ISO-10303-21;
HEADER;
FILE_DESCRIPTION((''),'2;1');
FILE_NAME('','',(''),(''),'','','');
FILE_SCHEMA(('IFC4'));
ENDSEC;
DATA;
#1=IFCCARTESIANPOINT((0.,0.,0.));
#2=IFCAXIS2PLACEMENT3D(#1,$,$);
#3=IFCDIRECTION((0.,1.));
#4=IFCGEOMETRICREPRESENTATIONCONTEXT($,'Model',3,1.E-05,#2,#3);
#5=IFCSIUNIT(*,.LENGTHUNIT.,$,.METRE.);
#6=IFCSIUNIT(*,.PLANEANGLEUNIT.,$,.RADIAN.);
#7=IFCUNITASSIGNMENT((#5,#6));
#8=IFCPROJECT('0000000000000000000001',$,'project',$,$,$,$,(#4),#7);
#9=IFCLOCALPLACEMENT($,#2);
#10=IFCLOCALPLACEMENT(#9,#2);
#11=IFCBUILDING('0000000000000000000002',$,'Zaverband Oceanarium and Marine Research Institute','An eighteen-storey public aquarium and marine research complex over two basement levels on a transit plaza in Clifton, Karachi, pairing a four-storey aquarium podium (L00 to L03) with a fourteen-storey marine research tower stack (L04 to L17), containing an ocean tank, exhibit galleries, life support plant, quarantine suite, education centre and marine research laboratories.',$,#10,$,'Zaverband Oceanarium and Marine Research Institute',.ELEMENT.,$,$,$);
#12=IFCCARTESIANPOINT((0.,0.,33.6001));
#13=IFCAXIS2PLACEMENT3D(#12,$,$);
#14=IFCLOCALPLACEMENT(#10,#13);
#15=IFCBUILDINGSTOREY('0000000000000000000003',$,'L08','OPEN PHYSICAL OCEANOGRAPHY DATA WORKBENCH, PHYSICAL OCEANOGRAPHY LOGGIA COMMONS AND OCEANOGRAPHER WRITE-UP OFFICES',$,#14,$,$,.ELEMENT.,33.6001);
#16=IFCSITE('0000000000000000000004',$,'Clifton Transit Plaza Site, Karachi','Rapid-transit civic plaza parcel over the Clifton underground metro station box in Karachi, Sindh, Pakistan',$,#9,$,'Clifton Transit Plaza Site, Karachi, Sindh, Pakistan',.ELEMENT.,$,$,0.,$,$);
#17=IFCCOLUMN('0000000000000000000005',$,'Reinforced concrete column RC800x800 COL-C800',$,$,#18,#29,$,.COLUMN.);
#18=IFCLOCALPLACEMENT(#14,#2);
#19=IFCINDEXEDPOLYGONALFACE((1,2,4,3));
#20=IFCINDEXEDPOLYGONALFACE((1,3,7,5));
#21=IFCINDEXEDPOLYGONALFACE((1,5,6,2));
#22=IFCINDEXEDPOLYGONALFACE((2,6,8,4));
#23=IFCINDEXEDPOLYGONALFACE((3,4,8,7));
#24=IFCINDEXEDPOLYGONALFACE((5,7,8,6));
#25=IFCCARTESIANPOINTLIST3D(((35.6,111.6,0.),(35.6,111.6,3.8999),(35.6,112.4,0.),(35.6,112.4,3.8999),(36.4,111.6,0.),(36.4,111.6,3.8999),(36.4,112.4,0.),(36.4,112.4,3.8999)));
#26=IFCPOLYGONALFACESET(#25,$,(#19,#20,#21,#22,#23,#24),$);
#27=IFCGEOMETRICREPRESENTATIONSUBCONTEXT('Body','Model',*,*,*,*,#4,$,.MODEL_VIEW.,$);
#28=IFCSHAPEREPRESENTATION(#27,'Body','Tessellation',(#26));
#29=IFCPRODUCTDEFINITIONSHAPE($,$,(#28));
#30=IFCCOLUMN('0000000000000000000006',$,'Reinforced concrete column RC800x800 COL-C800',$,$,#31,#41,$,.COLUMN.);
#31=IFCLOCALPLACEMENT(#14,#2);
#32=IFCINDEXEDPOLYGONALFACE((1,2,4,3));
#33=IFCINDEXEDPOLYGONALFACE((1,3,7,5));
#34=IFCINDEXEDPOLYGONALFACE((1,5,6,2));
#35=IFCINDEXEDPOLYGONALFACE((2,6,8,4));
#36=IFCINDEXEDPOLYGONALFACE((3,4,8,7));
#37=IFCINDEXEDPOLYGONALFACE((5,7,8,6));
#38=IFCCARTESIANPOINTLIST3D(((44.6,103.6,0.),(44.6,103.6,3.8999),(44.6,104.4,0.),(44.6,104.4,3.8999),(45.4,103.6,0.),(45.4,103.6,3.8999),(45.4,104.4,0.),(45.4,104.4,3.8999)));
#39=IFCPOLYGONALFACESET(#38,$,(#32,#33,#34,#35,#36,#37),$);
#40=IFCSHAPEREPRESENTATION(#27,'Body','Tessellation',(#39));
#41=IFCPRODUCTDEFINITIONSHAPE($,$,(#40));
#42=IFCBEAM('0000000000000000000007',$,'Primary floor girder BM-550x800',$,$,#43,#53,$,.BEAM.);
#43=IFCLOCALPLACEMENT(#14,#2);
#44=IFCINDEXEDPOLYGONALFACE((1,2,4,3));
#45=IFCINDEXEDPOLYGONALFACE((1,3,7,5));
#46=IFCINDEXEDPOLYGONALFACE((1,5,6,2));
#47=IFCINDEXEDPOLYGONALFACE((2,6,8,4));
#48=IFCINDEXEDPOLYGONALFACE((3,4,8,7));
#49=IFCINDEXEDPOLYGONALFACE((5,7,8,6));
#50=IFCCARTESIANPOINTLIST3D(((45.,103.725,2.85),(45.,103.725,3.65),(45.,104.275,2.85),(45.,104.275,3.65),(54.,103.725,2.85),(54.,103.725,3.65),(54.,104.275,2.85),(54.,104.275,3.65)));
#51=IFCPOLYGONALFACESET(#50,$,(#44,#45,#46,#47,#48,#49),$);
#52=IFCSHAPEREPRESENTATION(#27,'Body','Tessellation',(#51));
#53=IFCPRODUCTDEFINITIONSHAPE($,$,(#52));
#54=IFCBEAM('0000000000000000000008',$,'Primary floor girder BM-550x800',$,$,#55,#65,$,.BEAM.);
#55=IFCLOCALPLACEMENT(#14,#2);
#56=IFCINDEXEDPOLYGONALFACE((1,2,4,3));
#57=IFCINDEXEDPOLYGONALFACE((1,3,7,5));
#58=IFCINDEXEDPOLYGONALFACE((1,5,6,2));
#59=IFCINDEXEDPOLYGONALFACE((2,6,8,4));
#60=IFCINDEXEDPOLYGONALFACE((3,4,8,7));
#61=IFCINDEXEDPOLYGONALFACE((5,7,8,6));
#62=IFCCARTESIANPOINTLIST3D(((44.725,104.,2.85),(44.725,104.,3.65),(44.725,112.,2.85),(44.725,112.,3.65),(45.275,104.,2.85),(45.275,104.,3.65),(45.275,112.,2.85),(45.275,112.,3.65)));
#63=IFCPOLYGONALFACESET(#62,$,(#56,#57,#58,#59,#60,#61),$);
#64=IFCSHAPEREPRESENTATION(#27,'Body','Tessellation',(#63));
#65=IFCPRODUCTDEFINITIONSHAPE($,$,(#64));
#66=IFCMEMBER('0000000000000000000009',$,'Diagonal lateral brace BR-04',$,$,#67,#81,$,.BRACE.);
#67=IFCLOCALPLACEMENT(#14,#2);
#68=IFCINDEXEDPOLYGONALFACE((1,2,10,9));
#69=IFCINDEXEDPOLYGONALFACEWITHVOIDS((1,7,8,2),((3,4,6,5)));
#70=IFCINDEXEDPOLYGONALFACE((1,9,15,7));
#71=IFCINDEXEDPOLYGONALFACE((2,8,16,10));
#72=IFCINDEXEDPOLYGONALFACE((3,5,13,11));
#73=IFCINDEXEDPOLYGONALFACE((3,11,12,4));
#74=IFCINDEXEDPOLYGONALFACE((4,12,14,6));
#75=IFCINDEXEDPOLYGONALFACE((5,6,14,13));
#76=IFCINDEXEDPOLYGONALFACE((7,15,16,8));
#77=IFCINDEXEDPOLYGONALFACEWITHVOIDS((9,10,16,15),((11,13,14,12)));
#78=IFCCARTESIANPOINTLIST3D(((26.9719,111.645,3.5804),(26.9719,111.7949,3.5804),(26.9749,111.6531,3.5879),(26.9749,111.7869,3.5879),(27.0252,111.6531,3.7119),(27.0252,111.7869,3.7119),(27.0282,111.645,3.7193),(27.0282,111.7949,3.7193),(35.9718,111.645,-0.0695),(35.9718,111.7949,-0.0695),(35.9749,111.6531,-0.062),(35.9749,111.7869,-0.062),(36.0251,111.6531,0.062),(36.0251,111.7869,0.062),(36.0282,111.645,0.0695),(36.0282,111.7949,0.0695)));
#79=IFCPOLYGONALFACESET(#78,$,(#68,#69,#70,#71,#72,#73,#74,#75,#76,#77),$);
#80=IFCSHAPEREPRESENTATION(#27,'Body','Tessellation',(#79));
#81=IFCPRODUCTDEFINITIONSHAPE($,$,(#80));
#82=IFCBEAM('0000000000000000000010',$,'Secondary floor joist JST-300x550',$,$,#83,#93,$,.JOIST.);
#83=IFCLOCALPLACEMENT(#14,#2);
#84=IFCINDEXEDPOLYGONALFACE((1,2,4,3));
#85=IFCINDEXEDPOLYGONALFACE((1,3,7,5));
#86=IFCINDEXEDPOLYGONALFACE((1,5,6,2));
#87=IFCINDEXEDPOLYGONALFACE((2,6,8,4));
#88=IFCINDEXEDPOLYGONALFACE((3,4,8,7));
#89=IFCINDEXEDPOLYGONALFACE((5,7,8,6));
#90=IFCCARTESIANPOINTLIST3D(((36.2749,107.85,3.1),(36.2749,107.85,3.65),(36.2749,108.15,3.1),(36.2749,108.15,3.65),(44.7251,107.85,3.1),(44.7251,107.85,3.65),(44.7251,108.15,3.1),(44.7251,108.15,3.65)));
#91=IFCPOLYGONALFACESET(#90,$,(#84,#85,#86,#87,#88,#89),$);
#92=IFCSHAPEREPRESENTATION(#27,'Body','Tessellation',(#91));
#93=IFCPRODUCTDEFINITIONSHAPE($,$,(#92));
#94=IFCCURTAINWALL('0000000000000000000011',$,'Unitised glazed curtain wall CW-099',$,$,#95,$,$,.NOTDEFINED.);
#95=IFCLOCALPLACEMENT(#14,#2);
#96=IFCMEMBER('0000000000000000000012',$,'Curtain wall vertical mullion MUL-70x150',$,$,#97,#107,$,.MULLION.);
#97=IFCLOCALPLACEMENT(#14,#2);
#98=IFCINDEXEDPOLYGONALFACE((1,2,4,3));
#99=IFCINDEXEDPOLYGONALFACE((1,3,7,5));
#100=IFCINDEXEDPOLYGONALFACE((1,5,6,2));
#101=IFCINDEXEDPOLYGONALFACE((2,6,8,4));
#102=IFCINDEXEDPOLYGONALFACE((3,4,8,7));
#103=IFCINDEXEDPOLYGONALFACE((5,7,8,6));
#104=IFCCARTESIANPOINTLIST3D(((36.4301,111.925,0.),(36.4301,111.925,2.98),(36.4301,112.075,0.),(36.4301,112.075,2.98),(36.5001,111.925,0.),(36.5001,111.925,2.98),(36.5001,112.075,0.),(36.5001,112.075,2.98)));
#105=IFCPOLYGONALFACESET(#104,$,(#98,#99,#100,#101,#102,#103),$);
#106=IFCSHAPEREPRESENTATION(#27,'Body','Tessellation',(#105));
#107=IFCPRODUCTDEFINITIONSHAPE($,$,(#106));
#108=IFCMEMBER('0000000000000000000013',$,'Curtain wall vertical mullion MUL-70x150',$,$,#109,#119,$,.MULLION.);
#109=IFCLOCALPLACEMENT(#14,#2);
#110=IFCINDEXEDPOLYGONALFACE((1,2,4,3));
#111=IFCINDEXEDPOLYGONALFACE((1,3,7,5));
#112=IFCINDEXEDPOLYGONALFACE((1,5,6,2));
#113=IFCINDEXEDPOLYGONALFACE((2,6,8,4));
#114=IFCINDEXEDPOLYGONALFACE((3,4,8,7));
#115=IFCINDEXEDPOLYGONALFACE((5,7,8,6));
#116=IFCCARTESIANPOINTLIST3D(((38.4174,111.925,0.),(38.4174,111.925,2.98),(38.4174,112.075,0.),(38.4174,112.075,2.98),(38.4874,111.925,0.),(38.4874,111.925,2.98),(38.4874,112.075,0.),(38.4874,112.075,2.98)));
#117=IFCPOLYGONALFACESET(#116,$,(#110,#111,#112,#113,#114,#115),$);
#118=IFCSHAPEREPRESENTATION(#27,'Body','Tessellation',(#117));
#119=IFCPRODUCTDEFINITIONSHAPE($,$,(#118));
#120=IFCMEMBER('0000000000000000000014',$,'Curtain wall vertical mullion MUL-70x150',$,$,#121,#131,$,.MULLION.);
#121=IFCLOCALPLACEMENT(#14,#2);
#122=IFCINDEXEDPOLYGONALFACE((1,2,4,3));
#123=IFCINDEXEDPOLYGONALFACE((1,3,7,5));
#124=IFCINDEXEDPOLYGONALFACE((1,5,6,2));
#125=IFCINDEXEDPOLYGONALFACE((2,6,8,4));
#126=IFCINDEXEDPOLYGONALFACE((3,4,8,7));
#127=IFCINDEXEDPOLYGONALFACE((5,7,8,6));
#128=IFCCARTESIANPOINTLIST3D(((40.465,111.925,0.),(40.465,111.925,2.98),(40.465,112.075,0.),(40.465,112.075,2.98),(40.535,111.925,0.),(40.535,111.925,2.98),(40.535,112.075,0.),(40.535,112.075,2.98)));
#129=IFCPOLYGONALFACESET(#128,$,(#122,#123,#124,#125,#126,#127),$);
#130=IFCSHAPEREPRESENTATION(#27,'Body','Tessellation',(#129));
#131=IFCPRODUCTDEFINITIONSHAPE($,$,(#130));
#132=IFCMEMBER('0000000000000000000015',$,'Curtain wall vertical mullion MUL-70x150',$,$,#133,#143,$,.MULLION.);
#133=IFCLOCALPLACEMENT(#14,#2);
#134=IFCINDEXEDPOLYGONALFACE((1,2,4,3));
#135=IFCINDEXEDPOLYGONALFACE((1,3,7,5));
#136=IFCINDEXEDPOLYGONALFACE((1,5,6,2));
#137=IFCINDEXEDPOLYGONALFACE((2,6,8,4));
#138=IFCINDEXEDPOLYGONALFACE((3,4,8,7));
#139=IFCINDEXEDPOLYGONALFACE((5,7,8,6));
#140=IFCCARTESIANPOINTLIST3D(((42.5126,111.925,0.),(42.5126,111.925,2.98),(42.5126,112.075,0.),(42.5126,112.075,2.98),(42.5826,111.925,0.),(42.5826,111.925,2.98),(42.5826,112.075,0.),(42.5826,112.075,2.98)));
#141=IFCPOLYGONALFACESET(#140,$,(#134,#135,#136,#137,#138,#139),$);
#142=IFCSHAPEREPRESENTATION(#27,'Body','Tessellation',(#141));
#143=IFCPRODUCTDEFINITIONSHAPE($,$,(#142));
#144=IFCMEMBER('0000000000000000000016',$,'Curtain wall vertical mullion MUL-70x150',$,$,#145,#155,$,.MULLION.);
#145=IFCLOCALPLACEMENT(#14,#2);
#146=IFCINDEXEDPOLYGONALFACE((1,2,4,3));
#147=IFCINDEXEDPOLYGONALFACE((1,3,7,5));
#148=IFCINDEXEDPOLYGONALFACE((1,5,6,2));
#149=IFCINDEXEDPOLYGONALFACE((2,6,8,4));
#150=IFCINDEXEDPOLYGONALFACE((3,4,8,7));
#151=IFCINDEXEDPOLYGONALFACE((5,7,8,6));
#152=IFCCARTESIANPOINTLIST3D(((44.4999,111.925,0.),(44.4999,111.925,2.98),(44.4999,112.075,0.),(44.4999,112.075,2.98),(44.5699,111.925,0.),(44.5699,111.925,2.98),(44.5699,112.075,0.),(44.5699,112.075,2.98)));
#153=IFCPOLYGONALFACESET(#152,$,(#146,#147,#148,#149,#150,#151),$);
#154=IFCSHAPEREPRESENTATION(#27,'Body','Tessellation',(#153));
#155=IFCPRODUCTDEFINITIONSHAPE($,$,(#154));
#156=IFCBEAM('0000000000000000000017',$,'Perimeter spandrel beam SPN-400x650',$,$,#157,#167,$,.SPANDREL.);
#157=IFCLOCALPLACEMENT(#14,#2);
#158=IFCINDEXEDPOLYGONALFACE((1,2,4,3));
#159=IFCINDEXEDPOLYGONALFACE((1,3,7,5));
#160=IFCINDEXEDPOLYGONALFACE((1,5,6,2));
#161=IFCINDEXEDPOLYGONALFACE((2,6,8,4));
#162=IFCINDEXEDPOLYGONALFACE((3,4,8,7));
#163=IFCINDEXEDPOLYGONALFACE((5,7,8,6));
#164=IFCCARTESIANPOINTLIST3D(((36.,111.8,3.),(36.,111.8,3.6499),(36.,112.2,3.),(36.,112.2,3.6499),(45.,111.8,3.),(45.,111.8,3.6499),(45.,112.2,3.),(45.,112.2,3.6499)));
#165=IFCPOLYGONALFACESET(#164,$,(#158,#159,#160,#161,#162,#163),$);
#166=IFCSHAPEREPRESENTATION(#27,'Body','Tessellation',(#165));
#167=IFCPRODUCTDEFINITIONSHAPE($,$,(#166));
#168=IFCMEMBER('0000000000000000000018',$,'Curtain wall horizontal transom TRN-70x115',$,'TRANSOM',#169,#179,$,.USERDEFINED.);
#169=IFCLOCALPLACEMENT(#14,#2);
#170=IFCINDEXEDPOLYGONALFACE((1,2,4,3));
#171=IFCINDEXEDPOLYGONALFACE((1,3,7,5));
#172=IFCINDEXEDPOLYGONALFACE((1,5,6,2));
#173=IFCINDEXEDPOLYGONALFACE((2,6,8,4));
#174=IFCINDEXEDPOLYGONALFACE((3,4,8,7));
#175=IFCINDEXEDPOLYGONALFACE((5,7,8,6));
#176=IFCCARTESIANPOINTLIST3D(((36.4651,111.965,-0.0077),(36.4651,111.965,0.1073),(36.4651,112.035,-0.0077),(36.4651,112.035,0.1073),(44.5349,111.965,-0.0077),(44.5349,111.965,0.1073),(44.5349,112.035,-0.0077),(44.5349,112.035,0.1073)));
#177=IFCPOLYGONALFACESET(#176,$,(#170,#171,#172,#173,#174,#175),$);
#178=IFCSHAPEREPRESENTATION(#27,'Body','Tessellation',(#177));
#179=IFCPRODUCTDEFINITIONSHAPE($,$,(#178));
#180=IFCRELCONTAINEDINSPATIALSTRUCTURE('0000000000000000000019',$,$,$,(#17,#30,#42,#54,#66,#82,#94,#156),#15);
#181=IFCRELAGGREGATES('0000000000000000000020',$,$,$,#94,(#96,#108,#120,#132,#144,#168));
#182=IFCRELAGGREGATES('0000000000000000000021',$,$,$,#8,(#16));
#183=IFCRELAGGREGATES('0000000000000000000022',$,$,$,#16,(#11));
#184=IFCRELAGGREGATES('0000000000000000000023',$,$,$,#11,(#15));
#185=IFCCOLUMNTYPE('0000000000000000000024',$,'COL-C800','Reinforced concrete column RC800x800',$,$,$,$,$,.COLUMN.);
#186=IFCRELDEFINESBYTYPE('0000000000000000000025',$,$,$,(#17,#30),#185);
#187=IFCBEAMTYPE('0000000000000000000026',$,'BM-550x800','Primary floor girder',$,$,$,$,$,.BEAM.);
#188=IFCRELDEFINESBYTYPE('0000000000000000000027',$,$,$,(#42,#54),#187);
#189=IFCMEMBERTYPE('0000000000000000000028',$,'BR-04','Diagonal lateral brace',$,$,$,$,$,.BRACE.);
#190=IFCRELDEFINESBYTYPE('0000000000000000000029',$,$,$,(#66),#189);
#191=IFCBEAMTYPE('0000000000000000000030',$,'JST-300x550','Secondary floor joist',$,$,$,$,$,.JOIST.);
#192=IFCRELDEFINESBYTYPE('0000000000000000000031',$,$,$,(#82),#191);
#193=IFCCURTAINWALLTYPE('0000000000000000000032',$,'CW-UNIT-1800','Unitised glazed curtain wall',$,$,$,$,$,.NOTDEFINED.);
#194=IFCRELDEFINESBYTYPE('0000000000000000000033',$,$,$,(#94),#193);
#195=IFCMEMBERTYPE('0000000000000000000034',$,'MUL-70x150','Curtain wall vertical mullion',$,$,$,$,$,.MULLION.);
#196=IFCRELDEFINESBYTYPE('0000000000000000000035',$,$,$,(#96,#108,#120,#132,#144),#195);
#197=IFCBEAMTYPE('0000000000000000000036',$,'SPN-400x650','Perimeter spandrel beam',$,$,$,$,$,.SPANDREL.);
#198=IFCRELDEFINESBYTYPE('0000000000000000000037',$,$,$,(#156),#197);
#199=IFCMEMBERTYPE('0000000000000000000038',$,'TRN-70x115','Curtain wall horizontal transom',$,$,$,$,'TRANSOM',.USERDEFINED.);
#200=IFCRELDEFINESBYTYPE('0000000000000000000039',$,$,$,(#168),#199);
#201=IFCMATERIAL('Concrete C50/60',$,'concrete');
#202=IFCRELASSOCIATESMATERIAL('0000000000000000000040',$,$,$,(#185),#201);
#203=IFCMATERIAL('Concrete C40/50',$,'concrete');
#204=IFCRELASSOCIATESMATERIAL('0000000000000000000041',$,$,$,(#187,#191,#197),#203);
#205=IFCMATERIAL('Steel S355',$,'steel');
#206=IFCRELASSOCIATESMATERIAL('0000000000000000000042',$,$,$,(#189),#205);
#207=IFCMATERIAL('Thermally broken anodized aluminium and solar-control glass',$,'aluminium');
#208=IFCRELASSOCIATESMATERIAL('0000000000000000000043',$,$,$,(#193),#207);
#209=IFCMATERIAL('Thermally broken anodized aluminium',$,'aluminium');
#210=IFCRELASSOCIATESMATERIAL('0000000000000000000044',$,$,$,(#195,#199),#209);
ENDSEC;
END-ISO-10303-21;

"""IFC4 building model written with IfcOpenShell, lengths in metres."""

from ifc_helpers import new_model, si_unit, direction, frame, origin, origin_2d, place, context, subcontext, project, spatial, rectangle, hollow_rectangle, extrude, material, material_profile, profile_set, type_object, element, aggregate, save


model = new_model("IFC4")

# Units and contexts
model_context = context("Model", 3, precision=1e-05, world=origin(), true_north=direction((0.0, 1.0)))
body_context = subcontext(model_context, "Body", "Model", "MODEL_VIEW")
ifc_project = project(units=[si_unit("LENGTHUNIT", "METRE"), si_unit("PLANEANGLEUNIT", "RADIAN")], contexts=[model_context])

# Site, building, storey
site_placement = place(None, origin())
site = spatial("IfcSite", under=ifc_project, at=site_placement, Name="Clifton Transit Plaza Site, Karachi", Description="Rapid-transit civic plaza parcel over the Clifton underground metro station box in Karachi, Sindh, Pakistan", LongName="Clifton Transit Plaza Site, Karachi, Sindh, Pakistan", CompositionType="ELEMENT", RefElevation=0.0)
building_placement = place(site_placement, origin())
building = spatial("IfcBuilding", under=site, at=building_placement, Name="Zaverband Oceanarium and Marine Research Institute", Description="An eighteen-storey public aquarium and marine research complex over two basement levels on a transit plaza in Clifton, Karachi, pairing a four-storey aquarium podium (L00 to L03) with a fourteen-storey marine research tower stack (L04 to L17), containing an ocean tank, exhibit galleries, life support plant, quarantine suite, education centre and marine research laboratories.", LongName="Zaverband Oceanarium and Marine Research Institute", CompositionType="ELEMENT")
storey_placement = place(building_placement, frame((0.0, 0.0, 33.6001)))
storey = spatial("IfcBuildingStorey", under=building, at=storey_placement, Name="L08", Description="OPEN PHYSICAL OCEANOGRAPHY DATA WORKBENCH, PHYSICAL OCEANOGRAPHY LOGGIA COMMONS AND OCEANOGRAPHER WRITE-UP OFFICES", CompositionType="ELEMENT", Elevation=33.6001)

# Columns
ifc_material_1 = material(Name="Concrete C50/60", Category="concrete")
ifc_material_profile_1 = material_profile(ifc_material_1, rectangle(XDim=0.8, YDim=0.8, at=origin_2d()), Name="RC800x800")
ifc_profile_set_1 = profile_set([ifc_material_profile_1], Name="Concrete C50/60")
column_type = type_object("IfcColumnType", Name="COL-C800", Description="Reinforced concrete column RC800x800", PredefinedType="COLUMN", material=ifc_profile_set_1)
for number, where, z_axis, x_axis, name in (
    (1, (36.0, 112.0, 0.0), (0.0, 0.0, 1.0), (1.0, 0.0, 0.0), "Reinforced concrete column RC800x800 COL-C800"),
    (2, (45.0, 104.0, 0.0), (0.0, 0.0, 1.0), (1.0, 0.0, 0.0), "Reinforced concrete column RC800x800 COL-C800"),
):
    element("IfcColumn", number, at=place(storey_placement, frame(where, z_axis=z_axis, x_axis=x_axis)), inside=storey, type_object=column_type, Name=name, PredefinedType="COLUMN", context=body_context, shape_type="SweptSolid", body=[
        extrude(rectangle(XDim=0.8, YDim=0.8, at=origin_2d()), origin(), (0.0, 0.0, 1.0), 3.8999),
    ])

# Beams
ifc_material_2 = material(Name="Concrete C40/50", Category="concrete")
ifc_material_profile_2 = material_profile(ifc_material_2, rectangle(XDim=0.55, YDim=0.8, at=origin_2d()), Name="RC550x800")
ifc_profile_set_2 = profile_set([ifc_material_profile_2], Name="Concrete C40/50")
beam_type_1 = type_object("IfcBeamType", Name="BM-550x800", Description="Primary floor girder", PredefinedType="BEAM", material=ifc_profile_set_2)
beam_1_placement = place(storey_placement, frame((45.0, 104.0, 3.25), z_axis=(1.0, 0.0, 0.0), x_axis=(0.0, 1.0, 0.0)))
element("IfcBeam", 3, at=beam_1_placement, inside=storey, type_object=beam_type_1, Name="Primary floor girder BM-550x800", PredefinedType="BEAM", context=body_context, shape_type="SweptSolid", body=[
    extrude(rectangle(XDim=0.55, YDim=0.8, at=origin_2d()), origin(), (0.0, 0.0, 1.0), 9.0),
])
beam_2_placement = place(storey_placement, frame((45.0, 104.0, 3.25), z_axis=(0.0, 1.0, 0.0), x_axis=(-1.0, 0.0, 0.0)))
element("IfcBeam", 4, at=beam_2_placement, inside=storey, type_object=beam_type_1, Name="Primary floor girder BM-550x800", PredefinedType="BEAM", context=body_context, shape_type="SweptSolid", body=[
    extrude(rectangle(XDim=0.55, YDim=0.8, at=origin_2d()), origin(), (0.0, 0.0, 1.0), 8.0),
])

# Member
ifc_material_3 = material(Name="Steel S355", Category="steel")
ifc_material_profile_3 = material_profile(ifc_material_3, hollow_rectangle(XDim=0.1499, YDim=0.1499, WallThickness=0.0081, at=origin_2d()), Name="SHS150x150x8")
ifc_profile_set_3 = profile_set([ifc_material_profile_3], Name="Steel S355")
member_type_1 = type_object("IfcMemberType", Name="BR-04", Description="Diagonal lateral brace", PredefinedType="BRACE", material=ifc_profile_set_3)
member_1_placement = place(storey_placement, frame((36.0, 111.72, 0.0), z_axis=(-0.926694, 0.0, 0.375816), x_axis=(0.0, -1.0, 0.0)))
element("IfcMember", 5, at=member_1_placement, inside=storey, type_object=member_type_1, Name="Diagonal lateral brace BR-04", PredefinedType="BRACE", context=body_context, shape_type="SweptSolid", body=[
    extrude(hollow_rectangle(XDim=0.1499, YDim=0.1499, WallThickness=0.0081, at=origin_2d()), origin(), (0.0, 0.0, 1.0), 9.7119),
])

# Beam
ifc_material_profile_4 = material_profile(ifc_material_2, rectangle(XDim=0.3, YDim=0.55, at=origin_2d()), Name="RC300x550")
ifc_profile_set_4 = profile_set([ifc_material_profile_4], Name="Concrete C40/50")
beam_type_2 = type_object("IfcBeamType", Name="JST-300x550", Description="Secondary floor joist", PredefinedType="JOIST", material=ifc_profile_set_4)
beam_3_placement = place(storey_placement, frame((36.2749, 108.0, 3.375), z_axis=(1.0, 0.0, 0.0), x_axis=(0.0, 1.0, 0.0)))
element("IfcBeam", 6, at=beam_3_placement, inside=storey, type_object=beam_type_2, Name="Secondary floor joist JST-300x550", PredefinedType="JOIST", context=body_context, shape_type="SweptSolid", body=[
    extrude(rectangle(XDim=0.3, YDim=0.55, at=origin_2d()), origin(), (0.0, 0.0, 1.0), 8.4502),
])

# Curtain wall, members
ifc_material_4 = material(Name="Thermally broken anodized aluminium and solar-control glass", Category="aluminium")
curtain_wall_type = type_object("IfcCurtainWallType", Name="CW-UNIT-1800", Description="Unitised glazed curtain wall", PredefinedType="NOTDEFINED", material=ifc_material_4)
curtain_wall_placement = place(storey_placement, origin())
curtain_wall = element("IfcCurtainWall", 7, at=curtain_wall_placement, inside=storey, type_object=curtain_wall_type, Name="Unitised glazed curtain wall CW-099", PredefinedType="NOTDEFINED")
ifc_material_5 = material(Name="Thermally broken anodized aluminium", Category="aluminium")
ifc_material_profile_5 = material_profile(ifc_material_5, rectangle(XDim=0.0701, YDim=0.1499, at=origin_2d()), Name="AL-MUL-70x150")
ifc_profile_set_5 = profile_set([ifc_material_profile_5], Name="Thermally broken anodized aluminium")
member_type_2 = type_object("IfcMemberType", Name="MUL-70x150", Description="Curtain wall vertical mullion", PredefinedType="MULLION", material=ifc_profile_set_5)
member_2_placement = place(storey_placement, frame((36.4651, 112.0, 0.0), z_axis=(0.0, 0.0, 1.0), x_axis=(1.0, 0.0, 0.0)))
member_2 = element("IfcMember", 8, at=member_2_placement, type_object=member_type_2, Name="Curtain wall vertical mullion MUL-70x150", PredefinedType="MULLION", context=body_context, shape_type="SweptSolid", body=[
    extrude(rectangle(XDim=0.0701, YDim=0.1499, at=origin_2d()), origin(), (0.0, 0.0, 1.0), 2.98),
])
member_3_placement = place(storey_placement, frame((38.4524, 112.0, 0.0), z_axis=(0.0, 0.0, 1.0), x_axis=(1.0, 0.0, 0.0)))
member_3 = element("IfcMember", 9, at=member_3_placement, type_object=member_type_2, Name="Curtain wall vertical mullion MUL-70x150", PredefinedType="MULLION", context=body_context, shape_type="SweptSolid", body=[
    extrude(rectangle(XDim=0.0701, YDim=0.1499, at=origin_2d()), origin(), (0.0, 0.0, 1.0), 2.98),
])
member_4_placement = place(storey_placement, frame((40.5, 112.0, 0.0), z_axis=(0.0, 0.0, 1.0), x_axis=(1.0, 0.0, 0.0)))
member_4 = element("IfcMember", 10, at=member_4_placement, type_object=member_type_2, Name="Curtain wall vertical mullion MUL-70x150", PredefinedType="MULLION", context=body_context, shape_type="SweptSolid", body=[
    extrude(rectangle(XDim=0.0701, YDim=0.1499, at=origin_2d()), origin(), (0.0, 0.0, 1.0), 2.98),
])
member_5_placement = place(storey_placement, frame((42.5476, 112.0, 0.0), z_axis=(0.0, 0.0, 1.0), x_axis=(1.0, 0.0, 0.0)))
member_5 = element("IfcMember", 11, at=member_5_placement, type_object=member_type_2, Name="Curtain wall vertical mullion MUL-70x150", PredefinedType="MULLION", context=body_context, shape_type="SweptSolid", body=[
    extrude(rectangle(XDim=0.0701, YDim=0.1499, at=origin_2d()), origin(), (0.0, 0.0, 1.0), 2.98),
])
member_6_placement = place(storey_placement, frame((44.5349, 112.0, 0.0), z_axis=(0.0, 0.0, 1.0), x_axis=(1.0, 0.0, 0.0)))
member_6 = element("IfcMember", 12, at=member_6_placement, type_object=member_type_2, Name="Curtain wall vertical mullion MUL-70x150", PredefinedType="MULLION", context=body_context, shape_type="SweptSolid", body=[
    extrude(rectangle(XDim=0.0701, YDim=0.1499, at=origin_2d()), origin(), (0.0, 0.0, 1.0), 2.98),
])

# Beam
ifc_material_profile_6 = material_profile(ifc_material_2, rectangle(XDim=0.3999, YDim=0.6499, at=origin_2d()), Name="RC400x650")
ifc_profile_set_6 = profile_set([ifc_material_profile_6], Name="Concrete C40/50")
beam_type_3 = type_object("IfcBeamType", Name="SPN-400x650", Description="Perimeter spandrel beam", PredefinedType="SPANDREL", material=ifc_profile_set_6)
beam_4_placement = place(storey_placement, frame((36.0, 112.0, 3.325), z_axis=(1.0, 0.0, 0.0), x_axis=(0.0, 1.0, 0.0)))
element("IfcBeam", 13, at=beam_4_placement, inside=storey, type_object=beam_type_3, Name="Perimeter spandrel beam SPN-400x650", PredefinedType="SPANDREL", context=body_context, shape_type="SweptSolid", body=[
    extrude(rectangle(XDim=0.3999, YDim=0.6499, at=origin_2d()), origin(), (0.0, 0.0, 1.0), 9.0),
])

# Member
ifc_material_profile_7 = material_profile(ifc_material_5, rectangle(XDim=0.0701, YDim=0.115, at=origin_2d()), Name="AL-TRN-70x115")
ifc_profile_set_7 = profile_set([ifc_material_profile_7], Name="Thermally broken anodized aluminium")
member_type_3 = type_object("IfcMemberType", Name="TRN-70x115", Description="Curtain wall horizontal transom", ElementType="TRANSOM", PredefinedType="USERDEFINED", material=ifc_profile_set_7)
member_7_placement = place(storey_placement, frame((36.4651, 112.0, 0.0498), z_axis=(1.0, 0.0, 0.0), x_axis=(0.0, 1.0, 0.0)))
member_7 = element("IfcMember", 14, at=member_7_placement, type_object=member_type_3, Name="Curtain wall horizontal transom TRN-70x115", ObjectType="TRANSOM", PredefinedType="USERDEFINED", context=body_context, shape_type="SweptSolid", body=[
    extrude(rectangle(XDim=0.0701, YDim=0.115, at=origin_2d()), origin(), (0.0, 0.0, 1.0), 8.0698),
])

aggregate(curtain_wall, [member_2, member_3, member_4, member_5, member_6, member_7])

save(model, "model.ifc")
